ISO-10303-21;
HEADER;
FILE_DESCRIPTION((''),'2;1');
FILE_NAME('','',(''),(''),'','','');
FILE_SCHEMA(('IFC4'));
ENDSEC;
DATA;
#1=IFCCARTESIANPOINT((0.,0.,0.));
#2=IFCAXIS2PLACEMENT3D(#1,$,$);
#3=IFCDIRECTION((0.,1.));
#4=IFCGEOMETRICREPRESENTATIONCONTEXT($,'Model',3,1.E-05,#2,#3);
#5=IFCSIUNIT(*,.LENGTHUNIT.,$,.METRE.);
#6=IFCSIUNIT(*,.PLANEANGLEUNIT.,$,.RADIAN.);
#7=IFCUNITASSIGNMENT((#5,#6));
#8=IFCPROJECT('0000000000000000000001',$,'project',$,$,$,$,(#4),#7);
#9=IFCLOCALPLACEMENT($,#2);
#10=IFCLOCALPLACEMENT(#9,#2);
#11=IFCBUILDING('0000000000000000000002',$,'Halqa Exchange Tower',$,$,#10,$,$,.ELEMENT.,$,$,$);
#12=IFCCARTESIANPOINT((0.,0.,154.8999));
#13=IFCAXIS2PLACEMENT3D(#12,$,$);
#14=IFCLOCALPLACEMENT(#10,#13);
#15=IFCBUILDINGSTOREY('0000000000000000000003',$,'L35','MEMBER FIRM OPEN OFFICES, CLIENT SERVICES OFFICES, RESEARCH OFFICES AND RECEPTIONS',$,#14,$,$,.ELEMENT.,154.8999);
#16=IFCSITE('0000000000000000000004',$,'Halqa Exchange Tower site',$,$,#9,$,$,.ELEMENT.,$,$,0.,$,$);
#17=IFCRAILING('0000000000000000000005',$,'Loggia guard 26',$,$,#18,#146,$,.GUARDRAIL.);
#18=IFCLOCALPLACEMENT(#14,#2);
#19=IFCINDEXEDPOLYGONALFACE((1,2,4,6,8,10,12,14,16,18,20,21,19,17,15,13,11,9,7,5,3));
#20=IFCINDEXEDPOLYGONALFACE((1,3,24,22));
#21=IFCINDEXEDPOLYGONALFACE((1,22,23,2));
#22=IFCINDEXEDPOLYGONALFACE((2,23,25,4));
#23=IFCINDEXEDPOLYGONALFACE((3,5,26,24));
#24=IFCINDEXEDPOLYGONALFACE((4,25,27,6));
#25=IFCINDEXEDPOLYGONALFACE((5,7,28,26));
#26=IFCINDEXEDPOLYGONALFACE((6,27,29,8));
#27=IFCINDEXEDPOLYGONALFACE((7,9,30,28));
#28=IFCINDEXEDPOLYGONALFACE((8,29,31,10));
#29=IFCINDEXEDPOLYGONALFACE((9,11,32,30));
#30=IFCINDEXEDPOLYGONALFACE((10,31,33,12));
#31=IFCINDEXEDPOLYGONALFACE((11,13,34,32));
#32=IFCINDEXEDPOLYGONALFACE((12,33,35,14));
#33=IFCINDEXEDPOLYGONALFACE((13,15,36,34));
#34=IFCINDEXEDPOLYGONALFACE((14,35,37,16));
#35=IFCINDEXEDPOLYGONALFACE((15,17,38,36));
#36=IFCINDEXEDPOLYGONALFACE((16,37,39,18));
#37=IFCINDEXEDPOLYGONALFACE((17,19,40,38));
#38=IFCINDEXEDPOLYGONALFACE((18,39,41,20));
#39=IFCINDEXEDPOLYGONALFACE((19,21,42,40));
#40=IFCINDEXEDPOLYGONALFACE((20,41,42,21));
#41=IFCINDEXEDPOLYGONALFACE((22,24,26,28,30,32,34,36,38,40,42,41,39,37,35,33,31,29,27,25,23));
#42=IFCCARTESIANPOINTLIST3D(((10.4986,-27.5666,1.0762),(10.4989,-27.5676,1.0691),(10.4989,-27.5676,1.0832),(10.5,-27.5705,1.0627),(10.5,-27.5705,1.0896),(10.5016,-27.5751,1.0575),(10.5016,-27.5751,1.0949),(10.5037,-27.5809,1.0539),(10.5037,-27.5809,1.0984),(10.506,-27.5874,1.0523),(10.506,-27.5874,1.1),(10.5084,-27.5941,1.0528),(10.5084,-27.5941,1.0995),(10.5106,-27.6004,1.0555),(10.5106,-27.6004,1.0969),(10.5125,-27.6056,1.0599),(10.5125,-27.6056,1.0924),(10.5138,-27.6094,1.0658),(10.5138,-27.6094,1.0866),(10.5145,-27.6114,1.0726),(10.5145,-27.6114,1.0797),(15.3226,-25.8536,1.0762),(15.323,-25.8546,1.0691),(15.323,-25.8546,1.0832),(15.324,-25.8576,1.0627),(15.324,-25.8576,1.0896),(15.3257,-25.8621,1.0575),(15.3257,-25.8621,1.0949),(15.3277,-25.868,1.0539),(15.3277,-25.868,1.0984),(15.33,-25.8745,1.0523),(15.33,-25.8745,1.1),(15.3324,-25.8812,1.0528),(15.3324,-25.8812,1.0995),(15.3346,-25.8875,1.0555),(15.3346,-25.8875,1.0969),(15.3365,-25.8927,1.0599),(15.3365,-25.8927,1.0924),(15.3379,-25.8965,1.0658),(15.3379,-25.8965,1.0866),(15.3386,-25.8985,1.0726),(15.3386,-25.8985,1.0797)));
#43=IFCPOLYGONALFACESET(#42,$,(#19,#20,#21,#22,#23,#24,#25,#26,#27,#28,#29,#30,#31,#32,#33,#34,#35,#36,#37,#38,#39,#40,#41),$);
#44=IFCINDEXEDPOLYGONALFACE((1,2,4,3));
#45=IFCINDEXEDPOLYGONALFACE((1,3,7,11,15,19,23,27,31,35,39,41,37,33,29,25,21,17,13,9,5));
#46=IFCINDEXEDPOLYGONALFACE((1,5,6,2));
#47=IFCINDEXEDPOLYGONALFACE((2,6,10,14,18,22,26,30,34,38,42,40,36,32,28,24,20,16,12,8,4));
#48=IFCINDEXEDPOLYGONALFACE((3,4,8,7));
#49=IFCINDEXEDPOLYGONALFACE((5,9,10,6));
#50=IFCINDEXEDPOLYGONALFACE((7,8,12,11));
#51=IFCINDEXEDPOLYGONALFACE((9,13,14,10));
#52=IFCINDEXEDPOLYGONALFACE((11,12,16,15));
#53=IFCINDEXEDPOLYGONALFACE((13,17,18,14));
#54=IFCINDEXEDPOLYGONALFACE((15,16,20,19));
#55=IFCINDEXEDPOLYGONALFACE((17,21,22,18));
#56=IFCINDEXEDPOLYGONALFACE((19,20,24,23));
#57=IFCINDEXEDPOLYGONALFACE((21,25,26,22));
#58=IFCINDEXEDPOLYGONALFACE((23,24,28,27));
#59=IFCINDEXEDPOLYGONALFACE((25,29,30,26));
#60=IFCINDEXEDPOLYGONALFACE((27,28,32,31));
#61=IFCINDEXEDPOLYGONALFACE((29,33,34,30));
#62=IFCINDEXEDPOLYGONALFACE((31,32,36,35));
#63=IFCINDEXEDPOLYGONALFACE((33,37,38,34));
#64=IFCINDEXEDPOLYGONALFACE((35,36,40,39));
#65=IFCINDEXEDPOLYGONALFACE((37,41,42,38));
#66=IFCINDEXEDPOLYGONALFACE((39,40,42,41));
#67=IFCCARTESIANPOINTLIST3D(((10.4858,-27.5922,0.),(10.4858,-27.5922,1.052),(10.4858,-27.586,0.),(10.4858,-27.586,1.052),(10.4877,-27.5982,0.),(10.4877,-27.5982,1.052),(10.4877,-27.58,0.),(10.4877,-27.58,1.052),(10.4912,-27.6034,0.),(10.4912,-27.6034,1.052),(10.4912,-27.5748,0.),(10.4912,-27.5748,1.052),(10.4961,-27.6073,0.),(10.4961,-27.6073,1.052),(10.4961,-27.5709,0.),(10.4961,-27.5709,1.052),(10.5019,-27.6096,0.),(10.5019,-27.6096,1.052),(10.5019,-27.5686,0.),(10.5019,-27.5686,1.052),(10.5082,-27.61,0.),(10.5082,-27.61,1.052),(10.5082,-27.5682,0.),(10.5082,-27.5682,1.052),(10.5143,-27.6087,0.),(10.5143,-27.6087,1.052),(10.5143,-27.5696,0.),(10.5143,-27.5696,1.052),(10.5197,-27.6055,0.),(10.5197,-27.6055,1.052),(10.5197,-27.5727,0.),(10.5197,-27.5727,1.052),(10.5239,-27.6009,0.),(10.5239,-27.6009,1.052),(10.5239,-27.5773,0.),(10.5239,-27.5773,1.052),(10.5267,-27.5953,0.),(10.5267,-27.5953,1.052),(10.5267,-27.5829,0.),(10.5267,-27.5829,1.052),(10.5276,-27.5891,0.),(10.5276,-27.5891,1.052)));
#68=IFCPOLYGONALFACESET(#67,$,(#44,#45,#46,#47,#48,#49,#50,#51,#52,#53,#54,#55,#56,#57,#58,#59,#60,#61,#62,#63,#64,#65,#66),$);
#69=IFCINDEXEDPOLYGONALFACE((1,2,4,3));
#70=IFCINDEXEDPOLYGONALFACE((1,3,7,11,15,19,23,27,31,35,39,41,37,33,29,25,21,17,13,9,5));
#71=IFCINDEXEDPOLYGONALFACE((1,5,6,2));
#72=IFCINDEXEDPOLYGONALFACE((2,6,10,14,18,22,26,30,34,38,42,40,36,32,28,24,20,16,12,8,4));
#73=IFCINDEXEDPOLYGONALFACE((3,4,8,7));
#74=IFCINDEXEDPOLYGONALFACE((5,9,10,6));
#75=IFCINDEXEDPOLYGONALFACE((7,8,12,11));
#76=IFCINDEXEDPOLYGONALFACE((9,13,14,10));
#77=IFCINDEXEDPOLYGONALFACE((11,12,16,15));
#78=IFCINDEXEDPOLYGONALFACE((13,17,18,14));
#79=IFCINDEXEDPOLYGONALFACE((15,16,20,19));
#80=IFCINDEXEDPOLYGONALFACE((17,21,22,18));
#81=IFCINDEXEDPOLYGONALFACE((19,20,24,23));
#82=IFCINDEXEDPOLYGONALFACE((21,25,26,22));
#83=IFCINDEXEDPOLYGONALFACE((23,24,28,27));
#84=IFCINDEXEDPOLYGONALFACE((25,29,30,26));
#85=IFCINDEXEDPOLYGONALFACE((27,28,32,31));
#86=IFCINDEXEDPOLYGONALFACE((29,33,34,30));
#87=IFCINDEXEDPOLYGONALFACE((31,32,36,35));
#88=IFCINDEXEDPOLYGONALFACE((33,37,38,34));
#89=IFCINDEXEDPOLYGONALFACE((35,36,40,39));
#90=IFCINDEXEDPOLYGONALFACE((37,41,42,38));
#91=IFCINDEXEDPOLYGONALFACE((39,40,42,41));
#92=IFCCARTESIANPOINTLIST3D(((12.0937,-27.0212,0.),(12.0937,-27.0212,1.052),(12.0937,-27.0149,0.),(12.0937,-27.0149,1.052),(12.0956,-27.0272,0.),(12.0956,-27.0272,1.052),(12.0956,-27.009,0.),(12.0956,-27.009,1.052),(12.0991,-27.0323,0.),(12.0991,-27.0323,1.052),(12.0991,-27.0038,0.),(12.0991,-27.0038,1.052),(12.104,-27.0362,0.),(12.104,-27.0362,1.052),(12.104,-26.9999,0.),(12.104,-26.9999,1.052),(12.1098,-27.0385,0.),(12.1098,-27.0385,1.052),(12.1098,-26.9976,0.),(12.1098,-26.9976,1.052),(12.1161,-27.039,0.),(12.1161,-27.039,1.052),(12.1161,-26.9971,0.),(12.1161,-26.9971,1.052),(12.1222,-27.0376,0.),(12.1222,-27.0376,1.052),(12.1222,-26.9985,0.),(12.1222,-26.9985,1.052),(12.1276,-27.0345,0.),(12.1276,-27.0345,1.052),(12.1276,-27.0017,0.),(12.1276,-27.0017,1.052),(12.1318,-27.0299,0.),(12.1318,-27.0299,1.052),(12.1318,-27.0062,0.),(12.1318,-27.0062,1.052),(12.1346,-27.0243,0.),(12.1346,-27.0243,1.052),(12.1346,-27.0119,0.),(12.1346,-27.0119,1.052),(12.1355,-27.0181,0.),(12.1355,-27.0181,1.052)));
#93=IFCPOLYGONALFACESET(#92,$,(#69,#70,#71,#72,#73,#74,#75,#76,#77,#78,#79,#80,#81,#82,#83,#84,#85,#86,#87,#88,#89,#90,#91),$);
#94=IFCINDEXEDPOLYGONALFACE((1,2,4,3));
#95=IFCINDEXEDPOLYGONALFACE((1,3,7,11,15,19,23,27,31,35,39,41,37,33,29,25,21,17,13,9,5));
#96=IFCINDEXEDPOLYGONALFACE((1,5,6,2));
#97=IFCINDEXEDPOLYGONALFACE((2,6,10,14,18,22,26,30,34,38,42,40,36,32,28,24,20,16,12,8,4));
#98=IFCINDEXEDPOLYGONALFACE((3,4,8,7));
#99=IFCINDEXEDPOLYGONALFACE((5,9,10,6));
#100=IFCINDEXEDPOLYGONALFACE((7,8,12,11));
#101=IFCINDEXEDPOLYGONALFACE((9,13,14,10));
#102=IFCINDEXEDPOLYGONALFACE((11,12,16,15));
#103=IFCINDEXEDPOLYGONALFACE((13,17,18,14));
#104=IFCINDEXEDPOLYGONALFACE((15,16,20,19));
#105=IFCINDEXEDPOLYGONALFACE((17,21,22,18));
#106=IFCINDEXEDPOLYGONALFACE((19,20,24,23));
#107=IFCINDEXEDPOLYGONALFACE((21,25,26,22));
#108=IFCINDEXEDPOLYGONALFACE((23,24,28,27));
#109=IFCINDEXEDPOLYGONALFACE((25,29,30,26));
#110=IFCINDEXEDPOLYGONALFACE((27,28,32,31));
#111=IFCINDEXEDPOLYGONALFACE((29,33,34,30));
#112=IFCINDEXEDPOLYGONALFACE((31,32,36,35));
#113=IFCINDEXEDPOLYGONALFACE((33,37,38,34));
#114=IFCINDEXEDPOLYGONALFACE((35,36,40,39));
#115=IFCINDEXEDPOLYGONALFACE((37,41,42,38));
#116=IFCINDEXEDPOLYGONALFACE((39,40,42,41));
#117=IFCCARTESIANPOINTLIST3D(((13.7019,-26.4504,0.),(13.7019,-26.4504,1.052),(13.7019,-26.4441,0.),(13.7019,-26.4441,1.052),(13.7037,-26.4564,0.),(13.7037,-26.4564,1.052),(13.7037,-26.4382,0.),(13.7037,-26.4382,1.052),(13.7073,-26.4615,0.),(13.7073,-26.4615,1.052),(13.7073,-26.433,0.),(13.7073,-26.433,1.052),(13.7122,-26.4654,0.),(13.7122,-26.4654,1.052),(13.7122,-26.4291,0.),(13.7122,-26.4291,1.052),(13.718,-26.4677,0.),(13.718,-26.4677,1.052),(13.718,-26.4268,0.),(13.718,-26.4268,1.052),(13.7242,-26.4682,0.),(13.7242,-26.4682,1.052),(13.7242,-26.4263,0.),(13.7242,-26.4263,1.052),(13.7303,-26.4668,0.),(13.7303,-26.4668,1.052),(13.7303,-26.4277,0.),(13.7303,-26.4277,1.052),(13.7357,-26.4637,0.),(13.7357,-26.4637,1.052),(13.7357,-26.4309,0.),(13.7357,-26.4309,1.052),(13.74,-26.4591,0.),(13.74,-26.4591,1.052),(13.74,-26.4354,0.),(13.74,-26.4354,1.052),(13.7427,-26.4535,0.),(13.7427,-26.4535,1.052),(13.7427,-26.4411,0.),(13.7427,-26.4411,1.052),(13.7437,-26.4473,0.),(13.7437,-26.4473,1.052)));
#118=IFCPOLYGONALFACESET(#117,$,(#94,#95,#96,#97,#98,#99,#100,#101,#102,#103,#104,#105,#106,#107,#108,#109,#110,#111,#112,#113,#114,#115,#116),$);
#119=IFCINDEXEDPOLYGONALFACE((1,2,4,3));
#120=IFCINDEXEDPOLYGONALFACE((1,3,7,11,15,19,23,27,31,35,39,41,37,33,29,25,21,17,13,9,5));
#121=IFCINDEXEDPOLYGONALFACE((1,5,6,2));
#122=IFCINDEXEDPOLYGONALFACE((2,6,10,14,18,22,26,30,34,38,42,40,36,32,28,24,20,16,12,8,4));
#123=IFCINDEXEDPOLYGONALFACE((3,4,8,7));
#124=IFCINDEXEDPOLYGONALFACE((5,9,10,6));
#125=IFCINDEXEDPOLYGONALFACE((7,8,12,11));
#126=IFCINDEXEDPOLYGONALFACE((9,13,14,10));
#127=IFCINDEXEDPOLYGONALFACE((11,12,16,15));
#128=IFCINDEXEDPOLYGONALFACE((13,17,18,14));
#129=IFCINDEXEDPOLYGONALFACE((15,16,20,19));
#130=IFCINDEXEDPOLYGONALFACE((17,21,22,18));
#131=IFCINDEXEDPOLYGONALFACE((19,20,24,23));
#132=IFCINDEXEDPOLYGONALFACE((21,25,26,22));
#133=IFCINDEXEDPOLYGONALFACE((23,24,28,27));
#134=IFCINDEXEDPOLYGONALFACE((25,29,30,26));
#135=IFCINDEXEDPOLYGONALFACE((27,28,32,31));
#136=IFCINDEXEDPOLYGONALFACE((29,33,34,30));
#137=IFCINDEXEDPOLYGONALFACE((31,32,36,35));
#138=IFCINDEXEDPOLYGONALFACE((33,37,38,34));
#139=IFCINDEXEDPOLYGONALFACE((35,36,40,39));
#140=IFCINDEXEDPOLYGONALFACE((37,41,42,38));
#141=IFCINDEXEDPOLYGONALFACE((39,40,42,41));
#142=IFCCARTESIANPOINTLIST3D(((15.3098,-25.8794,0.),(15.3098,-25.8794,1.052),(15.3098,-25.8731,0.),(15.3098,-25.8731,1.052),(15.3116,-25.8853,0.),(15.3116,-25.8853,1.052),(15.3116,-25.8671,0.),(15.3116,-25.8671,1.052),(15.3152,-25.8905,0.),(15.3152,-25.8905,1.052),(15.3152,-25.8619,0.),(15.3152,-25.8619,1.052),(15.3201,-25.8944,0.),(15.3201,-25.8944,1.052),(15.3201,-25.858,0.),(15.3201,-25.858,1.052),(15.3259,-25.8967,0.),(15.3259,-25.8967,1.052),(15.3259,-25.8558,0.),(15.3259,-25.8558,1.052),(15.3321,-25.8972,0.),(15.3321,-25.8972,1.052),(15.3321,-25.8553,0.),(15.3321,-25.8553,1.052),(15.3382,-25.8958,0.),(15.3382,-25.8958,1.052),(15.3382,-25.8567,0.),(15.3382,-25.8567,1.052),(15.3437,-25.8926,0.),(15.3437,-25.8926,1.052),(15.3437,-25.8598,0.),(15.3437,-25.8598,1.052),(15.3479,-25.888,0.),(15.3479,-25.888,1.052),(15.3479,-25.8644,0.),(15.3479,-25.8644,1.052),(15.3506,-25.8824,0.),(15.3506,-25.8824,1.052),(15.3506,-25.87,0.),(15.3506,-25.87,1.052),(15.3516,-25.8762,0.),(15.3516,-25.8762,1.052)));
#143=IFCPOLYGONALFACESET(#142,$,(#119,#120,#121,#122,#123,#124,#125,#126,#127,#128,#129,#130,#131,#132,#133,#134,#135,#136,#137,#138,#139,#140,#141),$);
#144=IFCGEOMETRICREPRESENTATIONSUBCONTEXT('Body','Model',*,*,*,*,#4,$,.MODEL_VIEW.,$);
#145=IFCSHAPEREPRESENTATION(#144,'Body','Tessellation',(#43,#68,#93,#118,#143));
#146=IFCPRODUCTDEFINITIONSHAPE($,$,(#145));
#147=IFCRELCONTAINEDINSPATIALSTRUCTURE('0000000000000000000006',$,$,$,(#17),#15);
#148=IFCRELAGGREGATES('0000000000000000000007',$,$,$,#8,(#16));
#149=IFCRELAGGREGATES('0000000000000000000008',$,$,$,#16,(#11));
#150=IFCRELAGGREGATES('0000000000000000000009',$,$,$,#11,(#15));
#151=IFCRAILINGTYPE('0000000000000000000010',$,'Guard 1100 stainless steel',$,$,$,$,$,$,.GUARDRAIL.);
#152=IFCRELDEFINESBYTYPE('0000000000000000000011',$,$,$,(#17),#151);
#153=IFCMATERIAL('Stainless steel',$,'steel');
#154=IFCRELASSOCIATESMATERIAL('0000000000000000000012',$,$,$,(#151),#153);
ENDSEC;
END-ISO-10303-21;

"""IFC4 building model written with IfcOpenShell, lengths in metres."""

from ifc_helpers import new_model, si_unit, direction, frame, origin, origin_2d, place, context, subcontext, project, spatial, circle, extrude, material, type_object, element, save


model = new_model("IFC4")

# Units and contexts
model_context = context("Model", 3, precision=1e-05, world=origin(), true_north=direction((0.0, 1.0)))
body_context = subcontext(model_context, "Body", "Model", "MODEL_VIEW")
ifc_project = project(units=[si_unit("LENGTHUNIT", "METRE"), si_unit("PLANEANGLEUNIT", "RADIAN")], contexts=[model_context])

# Site, building, storey
site_placement = place(None, origin())
site = spatial("IfcSite", under=ifc_project, at=site_placement, Name="Halqa Exchange Tower site", CompositionType="ELEMENT", RefElevation=0.0)
building_placement = place(site_placement, origin())
building = spatial("IfcBuilding", under=site, at=building_placement, Name="Halqa Exchange Tower", CompositionType="ELEMENT")
storey_placement = place(building_placement, frame((0.0, 0.0, 154.8999)))
storey = spatial("IfcBuildingStorey", under=building, at=storey_placement, Name="L35", Description="MEMBER FIRM OPEN OFFICES, CLIENT SERVICES OFFICES, RESEARCH OFFICES AND RECEPTIONS", CompositionType="ELEMENT", Elevation=154.8999)

# Railing
ifc_material_1 = material(Name="Stainless steel", Category="steel")
railing_type_1 = type_object("IfcRailingType", Name="Guard 1100 stainless steel", PredefinedType="GUARDRAIL", material=ifc_material_1)
railing_1_placement = place(storey_placement, frame((10.5066, -27.5891, 0.0)))
element("IfcRailing", 1, at=railing_1_placement, inside=storey, type_object=railing_type_1, Name="Loggia guard 26", PredefinedType="GUARDRAIL", context=body_context, shape_type="SweptSolid", body=[
    extrude(circle(Radius=0.0239, at=origin_2d()), frame((0.0, 0.0, 1.0762), z_axis=(0.942356, 0.334611, 0.0), x_axis=(-0.334611, 0.942356, 0.0)), (0.0, 0.0, 1.0), 5.1191),
    extrude(circle(Radius=0.021, at=origin_2d()), origin(), (0.0, 0.0, 1.0), 1.052),
    extrude(circle(Radius=0.021, at=origin_2d()), frame((1.6079, 0.571, 0.0)), (0.0, 0.0, 1.0), 1.052),
    extrude(circle(Radius=0.021, at=origin_2d()), frame((3.2161, 1.1418, 0.0)), (0.0, 0.0, 1.0), 1.052),
    extrude(circle(Radius=0.021, at=origin_2d()), frame((4.824, 1.7129, 0.0)), (0.0, 0.0, 1.0), 1.052),
])

save(model, "model.ifc")
